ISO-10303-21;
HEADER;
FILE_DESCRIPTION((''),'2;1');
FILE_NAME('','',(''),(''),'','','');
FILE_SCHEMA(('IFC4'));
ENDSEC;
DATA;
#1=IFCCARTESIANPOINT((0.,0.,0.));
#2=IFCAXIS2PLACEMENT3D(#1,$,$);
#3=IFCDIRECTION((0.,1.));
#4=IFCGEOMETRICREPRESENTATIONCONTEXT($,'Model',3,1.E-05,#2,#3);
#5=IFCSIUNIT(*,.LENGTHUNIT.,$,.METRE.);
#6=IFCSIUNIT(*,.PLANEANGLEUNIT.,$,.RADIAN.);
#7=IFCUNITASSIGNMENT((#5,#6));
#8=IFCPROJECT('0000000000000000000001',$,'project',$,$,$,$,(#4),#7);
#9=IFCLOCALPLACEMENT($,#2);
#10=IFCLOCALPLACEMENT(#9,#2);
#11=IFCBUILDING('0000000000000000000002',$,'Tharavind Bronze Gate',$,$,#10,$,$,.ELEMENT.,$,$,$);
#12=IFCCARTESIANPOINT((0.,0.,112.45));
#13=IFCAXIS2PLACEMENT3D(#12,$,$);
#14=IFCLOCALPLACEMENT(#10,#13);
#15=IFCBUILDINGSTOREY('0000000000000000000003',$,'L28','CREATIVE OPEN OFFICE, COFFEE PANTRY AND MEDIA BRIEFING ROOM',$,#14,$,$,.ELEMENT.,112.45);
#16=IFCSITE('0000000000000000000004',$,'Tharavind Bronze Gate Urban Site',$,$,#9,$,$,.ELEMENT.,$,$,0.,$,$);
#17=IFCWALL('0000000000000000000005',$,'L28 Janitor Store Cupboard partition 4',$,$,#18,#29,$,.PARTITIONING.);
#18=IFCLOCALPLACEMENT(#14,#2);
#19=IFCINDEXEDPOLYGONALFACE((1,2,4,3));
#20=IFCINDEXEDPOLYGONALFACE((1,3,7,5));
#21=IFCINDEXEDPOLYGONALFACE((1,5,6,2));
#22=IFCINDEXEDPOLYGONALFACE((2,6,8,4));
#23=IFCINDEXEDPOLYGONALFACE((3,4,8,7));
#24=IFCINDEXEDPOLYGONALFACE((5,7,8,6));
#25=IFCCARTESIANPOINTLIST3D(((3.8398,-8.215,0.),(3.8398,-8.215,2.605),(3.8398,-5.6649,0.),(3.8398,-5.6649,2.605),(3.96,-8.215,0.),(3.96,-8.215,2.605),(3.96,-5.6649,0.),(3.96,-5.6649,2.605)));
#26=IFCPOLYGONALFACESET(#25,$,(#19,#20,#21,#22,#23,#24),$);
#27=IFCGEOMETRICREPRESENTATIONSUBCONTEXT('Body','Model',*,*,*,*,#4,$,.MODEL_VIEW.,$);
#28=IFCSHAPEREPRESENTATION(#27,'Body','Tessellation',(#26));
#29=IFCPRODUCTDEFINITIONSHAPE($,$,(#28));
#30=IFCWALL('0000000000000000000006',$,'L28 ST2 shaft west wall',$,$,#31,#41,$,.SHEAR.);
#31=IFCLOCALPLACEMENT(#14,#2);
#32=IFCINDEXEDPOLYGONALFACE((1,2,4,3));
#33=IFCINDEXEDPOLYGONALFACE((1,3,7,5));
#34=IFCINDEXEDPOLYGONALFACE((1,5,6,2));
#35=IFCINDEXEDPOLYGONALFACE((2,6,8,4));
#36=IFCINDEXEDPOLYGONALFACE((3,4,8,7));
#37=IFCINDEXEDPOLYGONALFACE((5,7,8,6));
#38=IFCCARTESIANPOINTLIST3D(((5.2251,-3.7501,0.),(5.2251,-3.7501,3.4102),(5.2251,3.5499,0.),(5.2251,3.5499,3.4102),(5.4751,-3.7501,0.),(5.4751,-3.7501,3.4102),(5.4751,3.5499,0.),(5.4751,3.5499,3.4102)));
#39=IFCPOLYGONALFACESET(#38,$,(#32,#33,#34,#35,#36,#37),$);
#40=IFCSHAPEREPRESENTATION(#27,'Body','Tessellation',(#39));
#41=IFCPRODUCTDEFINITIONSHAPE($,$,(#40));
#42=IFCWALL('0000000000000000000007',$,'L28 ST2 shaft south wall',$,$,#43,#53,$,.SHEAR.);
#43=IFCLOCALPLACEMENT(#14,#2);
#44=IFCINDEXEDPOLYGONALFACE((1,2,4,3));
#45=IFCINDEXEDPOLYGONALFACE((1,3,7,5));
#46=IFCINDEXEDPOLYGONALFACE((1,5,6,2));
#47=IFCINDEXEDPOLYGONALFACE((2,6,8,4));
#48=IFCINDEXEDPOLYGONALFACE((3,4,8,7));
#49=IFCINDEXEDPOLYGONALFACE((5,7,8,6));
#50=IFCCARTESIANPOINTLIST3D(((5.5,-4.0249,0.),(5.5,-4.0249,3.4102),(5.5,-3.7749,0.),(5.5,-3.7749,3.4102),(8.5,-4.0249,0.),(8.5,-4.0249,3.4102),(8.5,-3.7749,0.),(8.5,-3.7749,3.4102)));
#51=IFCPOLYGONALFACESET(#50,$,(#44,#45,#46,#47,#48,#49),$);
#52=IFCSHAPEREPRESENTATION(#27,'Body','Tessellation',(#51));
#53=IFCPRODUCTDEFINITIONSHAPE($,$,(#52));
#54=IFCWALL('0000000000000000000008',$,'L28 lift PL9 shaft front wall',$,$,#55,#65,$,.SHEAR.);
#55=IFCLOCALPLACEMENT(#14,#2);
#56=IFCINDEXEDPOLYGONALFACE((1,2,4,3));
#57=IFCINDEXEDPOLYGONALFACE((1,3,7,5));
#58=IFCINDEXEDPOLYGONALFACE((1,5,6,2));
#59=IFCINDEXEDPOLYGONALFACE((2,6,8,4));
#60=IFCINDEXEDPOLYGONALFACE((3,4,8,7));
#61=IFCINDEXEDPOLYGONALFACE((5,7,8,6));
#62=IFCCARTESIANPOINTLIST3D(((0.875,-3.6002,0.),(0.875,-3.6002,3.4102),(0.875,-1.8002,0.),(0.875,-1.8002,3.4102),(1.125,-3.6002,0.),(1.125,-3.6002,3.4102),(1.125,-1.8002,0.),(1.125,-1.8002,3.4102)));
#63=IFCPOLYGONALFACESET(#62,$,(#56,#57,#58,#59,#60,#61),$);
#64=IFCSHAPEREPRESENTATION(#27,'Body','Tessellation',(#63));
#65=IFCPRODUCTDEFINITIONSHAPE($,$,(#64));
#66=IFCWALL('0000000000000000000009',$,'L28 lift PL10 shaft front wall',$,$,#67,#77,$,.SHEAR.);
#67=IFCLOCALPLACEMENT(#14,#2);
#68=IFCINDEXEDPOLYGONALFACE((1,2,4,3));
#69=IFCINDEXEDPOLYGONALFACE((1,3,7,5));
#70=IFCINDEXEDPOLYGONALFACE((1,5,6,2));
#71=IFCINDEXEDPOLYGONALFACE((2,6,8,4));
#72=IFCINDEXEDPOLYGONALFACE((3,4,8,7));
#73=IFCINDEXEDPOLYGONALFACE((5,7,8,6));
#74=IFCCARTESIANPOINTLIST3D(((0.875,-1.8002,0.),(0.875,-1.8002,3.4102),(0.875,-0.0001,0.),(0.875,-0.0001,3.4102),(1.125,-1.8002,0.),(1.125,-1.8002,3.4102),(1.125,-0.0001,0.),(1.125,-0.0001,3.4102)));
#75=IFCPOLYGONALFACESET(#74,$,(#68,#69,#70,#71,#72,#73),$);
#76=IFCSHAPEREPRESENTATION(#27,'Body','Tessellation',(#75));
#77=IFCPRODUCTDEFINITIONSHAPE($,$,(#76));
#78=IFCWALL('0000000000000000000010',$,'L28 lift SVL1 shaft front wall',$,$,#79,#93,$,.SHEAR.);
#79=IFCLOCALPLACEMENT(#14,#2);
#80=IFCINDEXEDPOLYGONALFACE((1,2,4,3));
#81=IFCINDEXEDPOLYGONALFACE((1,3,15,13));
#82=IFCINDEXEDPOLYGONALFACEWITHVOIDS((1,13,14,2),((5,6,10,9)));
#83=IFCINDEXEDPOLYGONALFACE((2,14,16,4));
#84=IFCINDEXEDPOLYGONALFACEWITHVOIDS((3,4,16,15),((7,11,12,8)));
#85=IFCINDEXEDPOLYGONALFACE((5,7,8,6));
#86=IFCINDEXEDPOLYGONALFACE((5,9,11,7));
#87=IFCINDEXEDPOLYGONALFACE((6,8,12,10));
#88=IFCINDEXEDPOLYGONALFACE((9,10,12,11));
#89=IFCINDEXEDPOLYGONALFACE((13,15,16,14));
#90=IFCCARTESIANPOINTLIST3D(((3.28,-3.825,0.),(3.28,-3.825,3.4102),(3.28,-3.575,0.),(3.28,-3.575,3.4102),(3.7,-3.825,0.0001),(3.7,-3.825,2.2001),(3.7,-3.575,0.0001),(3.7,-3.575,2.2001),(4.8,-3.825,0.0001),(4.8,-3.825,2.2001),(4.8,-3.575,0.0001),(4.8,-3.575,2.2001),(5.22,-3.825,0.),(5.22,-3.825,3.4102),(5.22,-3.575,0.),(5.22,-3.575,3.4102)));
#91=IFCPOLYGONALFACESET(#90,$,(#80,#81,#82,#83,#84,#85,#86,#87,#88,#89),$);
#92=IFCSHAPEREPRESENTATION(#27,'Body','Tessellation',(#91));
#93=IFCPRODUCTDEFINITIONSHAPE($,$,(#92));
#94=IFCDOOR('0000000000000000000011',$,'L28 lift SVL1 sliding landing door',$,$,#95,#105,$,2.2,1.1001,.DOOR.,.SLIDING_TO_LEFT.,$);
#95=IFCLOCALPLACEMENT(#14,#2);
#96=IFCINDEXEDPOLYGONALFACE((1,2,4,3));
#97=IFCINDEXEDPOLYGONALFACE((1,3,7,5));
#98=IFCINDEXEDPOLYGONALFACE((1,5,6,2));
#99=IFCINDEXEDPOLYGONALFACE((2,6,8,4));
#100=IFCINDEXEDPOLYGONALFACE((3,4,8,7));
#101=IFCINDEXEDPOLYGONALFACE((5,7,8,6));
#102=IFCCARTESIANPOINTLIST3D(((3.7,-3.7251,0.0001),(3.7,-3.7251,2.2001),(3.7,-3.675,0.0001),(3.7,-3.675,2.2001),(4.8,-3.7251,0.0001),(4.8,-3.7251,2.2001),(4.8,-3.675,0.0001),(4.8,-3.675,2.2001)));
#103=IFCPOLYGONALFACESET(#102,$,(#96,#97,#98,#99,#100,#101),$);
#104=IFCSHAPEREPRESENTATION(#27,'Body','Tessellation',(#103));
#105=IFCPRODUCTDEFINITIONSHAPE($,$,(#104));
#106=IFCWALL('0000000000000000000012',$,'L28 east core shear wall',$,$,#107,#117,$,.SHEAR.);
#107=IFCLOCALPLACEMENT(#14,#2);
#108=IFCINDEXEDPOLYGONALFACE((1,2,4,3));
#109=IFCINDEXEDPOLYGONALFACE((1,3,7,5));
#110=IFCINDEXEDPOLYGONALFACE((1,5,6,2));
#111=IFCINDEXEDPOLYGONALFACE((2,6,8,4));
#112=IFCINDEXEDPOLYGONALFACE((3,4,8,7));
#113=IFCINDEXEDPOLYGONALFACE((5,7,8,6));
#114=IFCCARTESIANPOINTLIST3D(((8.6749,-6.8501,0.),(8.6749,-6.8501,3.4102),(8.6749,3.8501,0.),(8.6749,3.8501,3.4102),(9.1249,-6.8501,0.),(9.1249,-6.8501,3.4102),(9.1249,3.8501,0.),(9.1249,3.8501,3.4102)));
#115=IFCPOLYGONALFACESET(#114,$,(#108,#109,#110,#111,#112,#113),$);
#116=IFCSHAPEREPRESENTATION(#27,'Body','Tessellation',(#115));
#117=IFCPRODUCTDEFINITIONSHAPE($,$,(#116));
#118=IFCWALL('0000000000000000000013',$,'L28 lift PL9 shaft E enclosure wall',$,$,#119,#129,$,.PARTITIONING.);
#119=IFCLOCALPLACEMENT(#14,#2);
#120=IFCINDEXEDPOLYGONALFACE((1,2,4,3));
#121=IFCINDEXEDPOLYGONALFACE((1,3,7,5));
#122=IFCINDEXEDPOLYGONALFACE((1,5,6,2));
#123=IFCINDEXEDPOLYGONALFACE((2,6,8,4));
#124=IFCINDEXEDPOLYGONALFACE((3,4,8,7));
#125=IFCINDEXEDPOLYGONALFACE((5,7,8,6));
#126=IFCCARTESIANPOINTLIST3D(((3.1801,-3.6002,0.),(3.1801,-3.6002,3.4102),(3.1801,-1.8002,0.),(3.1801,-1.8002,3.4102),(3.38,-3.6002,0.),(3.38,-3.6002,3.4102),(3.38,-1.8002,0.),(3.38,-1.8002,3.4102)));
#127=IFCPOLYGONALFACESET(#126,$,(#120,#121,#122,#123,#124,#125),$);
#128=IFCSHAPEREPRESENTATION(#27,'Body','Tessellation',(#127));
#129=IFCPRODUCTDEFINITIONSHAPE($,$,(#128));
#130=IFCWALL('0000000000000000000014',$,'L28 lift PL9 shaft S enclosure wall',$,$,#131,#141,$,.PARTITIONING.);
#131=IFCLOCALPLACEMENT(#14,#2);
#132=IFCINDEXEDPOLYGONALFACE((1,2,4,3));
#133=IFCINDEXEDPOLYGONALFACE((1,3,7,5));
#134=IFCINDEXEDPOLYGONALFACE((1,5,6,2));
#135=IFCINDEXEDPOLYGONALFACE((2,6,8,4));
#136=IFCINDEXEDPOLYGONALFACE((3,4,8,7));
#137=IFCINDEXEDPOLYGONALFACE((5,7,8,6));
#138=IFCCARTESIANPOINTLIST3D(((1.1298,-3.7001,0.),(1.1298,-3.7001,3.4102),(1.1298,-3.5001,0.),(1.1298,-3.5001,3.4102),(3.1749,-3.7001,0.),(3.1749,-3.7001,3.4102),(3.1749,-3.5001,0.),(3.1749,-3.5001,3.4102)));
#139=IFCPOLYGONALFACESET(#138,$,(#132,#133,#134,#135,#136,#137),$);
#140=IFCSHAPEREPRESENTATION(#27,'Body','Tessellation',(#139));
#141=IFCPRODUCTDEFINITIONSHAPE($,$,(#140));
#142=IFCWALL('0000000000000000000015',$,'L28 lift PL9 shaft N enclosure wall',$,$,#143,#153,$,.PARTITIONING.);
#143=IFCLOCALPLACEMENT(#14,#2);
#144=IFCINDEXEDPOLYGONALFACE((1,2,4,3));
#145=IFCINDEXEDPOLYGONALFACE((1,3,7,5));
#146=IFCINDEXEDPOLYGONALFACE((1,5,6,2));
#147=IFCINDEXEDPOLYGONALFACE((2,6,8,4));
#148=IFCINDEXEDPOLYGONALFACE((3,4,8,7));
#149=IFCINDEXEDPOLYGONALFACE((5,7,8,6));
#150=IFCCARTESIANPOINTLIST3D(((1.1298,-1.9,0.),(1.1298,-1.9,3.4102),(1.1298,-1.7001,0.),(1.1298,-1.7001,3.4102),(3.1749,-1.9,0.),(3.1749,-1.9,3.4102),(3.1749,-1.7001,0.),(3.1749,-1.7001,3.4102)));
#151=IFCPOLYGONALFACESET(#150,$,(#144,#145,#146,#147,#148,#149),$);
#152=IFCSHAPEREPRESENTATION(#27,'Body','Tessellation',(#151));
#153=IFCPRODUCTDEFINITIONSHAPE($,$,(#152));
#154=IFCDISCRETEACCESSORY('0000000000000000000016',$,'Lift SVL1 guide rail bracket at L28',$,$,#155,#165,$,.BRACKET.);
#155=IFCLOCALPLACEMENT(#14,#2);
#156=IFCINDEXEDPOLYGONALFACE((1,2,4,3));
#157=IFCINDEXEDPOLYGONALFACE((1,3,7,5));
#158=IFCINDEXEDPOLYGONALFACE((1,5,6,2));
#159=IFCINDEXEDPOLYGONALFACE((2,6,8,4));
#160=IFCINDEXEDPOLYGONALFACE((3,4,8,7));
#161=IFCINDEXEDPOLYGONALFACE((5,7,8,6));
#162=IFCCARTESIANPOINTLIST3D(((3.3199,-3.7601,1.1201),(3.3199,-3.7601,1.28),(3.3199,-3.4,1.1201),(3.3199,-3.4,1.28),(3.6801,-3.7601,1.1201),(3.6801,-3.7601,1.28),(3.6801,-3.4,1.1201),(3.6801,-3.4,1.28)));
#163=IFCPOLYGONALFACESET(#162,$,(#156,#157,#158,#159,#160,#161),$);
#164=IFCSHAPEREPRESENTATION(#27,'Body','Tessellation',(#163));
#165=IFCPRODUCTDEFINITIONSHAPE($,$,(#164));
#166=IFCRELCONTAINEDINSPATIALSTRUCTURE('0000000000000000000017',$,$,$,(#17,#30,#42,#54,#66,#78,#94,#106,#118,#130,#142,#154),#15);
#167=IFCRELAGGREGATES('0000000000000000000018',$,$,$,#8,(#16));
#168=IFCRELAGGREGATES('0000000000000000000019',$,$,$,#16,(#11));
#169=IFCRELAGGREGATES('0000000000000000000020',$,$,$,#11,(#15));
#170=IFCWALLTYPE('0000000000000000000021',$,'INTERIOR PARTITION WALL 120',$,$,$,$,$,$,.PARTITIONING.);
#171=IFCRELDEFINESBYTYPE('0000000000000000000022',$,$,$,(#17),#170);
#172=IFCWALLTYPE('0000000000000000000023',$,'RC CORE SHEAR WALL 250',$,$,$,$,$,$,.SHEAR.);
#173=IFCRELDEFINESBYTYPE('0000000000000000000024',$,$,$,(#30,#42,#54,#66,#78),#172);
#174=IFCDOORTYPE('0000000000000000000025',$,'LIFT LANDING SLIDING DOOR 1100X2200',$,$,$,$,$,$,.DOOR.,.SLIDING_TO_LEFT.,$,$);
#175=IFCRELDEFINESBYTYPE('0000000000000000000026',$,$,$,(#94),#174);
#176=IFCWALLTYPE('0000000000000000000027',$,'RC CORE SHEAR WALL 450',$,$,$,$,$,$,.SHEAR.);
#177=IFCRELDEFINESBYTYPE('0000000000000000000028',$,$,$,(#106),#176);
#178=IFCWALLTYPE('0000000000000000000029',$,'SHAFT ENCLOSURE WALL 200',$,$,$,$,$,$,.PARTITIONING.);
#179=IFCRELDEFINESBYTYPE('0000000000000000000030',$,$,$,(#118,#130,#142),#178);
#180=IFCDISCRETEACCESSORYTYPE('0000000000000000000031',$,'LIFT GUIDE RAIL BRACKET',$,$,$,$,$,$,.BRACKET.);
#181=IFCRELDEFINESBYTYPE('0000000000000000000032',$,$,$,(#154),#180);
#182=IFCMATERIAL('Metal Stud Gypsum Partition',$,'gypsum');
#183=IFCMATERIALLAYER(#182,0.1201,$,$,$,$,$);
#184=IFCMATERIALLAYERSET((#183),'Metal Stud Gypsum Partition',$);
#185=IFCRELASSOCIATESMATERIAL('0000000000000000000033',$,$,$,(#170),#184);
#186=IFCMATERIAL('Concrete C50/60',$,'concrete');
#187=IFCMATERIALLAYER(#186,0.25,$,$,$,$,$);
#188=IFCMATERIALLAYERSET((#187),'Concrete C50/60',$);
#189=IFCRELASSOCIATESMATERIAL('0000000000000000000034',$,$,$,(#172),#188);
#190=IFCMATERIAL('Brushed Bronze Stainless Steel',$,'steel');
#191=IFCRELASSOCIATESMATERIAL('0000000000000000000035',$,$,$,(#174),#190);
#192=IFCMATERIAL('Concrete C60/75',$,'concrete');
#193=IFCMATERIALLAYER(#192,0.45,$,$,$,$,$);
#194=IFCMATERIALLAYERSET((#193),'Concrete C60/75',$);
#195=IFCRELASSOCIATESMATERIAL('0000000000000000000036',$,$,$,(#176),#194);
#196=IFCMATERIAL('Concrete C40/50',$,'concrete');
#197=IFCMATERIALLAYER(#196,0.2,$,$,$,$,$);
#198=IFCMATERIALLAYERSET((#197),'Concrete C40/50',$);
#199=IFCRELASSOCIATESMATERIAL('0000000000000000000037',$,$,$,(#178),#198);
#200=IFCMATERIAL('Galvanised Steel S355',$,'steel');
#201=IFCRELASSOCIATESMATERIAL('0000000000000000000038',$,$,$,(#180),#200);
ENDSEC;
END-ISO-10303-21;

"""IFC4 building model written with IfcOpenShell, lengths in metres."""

from ifc_helpers import new_model, si_unit, direction, frame, frame_2d, origin, origin_2d, place, context, subcontext, project, spatial, rectangle, extrude, material, layer, layer_set, type_object, element, fill, save


model = new_model("IFC4")

# Units and contexts
model_context = context("Model", 3, precision=1e-05, world=origin(), true_north=direction((0.0, 1.0)))
body_context = subcontext(model_context, "Body", "Model", "MODEL_VIEW")
ifc_project = project(units=[si_unit("LENGTHUNIT", "METRE"), si_unit("PLANEANGLEUNIT", "RADIAN")], contexts=[model_context])

# Site, building, storey
site_placement = place(None, origin())
site = spatial("IfcSite", under=ifc_project, at=site_placement, Name="Tharavind Bronze Gate Urban Site", CompositionType="ELEMENT", RefElevation=0.0)
building_placement = place(site_placement, origin())
building = spatial("IfcBuilding", under=site, at=building_placement, Name="Tharavind Bronze Gate", CompositionType="ELEMENT")
storey_placement = place(building_placement, frame((0.0, 0.0, 112.45)))
storey = spatial("IfcBuildingStorey", under=building, at=storey_placement, Name="L28", Description="CREATIVE OPEN OFFICE, COFFEE PANTRY AND MEDIA BRIEFING ROOM", CompositionType="ELEMENT", Elevation=112.45)

# Walls
ifc_material_1 = material(Name="Metal Stud Gypsum Partition", Category="gypsum")
ifc_layer_1 = layer(ifc_material_1, 0.1201)
ifc_layer_set_1 = layer_set([ifc_layer_1], Name="Metal Stud Gypsum Partition")
wall_type_1 = type_object("IfcWallType", Name="INTERIOR PARTITION WALL 120", PredefinedType="PARTITIONING", material=ifc_layer_set_1)
wall_1_placement = place(storey_placement, frame((3.8999, -5.665, 0.0), z_axis=(0.0, 0.0, 1.0), x_axis=(0.0, -1.0, 0.0)))
element("IfcWall", 1, at=wall_1_placement, inside=storey, type_object=wall_type_1, Name="L28 Janitor Store Cupboard partition 4", PredefinedType="PARTITIONING", context=body_context, shape_type="SweptSolid", body=[
    extrude(rectangle(XDim=2.55, YDim=0.1201, at=frame_2d((1.2749, 0.0))), origin(), (0.0, 0.0, 1.0), 2.605),
])
ifc_material_2 = material(Name="Concrete C50/60", Category="concrete")
ifc_layer_2 = layer(ifc_material_2, 0.25)
ifc_layer_set_2 = layer_set([ifc_layer_2], Name="Concrete C50/60")
wall_type_2 = type_object("IfcWallType", Name="RC CORE SHEAR WALL 250", PredefinedType="SHEAR", material=ifc_layer_set_2)
wall_2_placement = place(storey_placement, frame((5.3501, -3.75, 0.0), z_axis=(0.0, 0.0, 1.0), x_axis=(0.0, 1.0, 0.0)))
element("IfcWall", 2, at=wall_2_placement, inside=storey, type_object=wall_type_2, Name="L28 ST2 shaft west wall", PredefinedType="SHEAR", context=body_context, shape_type="SweptSolid", body=[
    extrude(rectangle(XDim=7.3, YDim=0.25, at=frame_2d((3.6499, 0.0))), origin(), (0.0, 0.0, 1.0), 3.4102),
])
wall_3_placement = place(storey_placement, frame((5.5, -3.8999, 0.0), z_axis=(0.0, 0.0, 1.0), x_axis=(1.0, 0.0, 0.0)))
element("IfcWall", 3, at=wall_3_placement, inside=storey, type_object=wall_type_2, Name="L28 ST2 shaft south wall", PredefinedType="SHEAR", context=body_context, shape_type="SweptSolid", body=[
    extrude(rectangle(XDim=3.0, YDim=0.25, at=frame_2d((1.5, 0.0))), origin(), (0.0, 0.0, 1.0), 3.4102),
])
for number, where, z_axis, x_axis, name in (
    (4, (1.0, -3.6001, 0.0), (0.0, 0.0, 1.0), (0.0, 1.0, 0.0), "L28 lift PL9 shaft front wall"),
    (5, (1.0, -1.8, 0.0), (0.0, 0.0, 1.0), (0.0, 1.0, 0.0), "L28 lift PL10 shaft front wall"),
):
    element("IfcWall", number, at=place(storey_placement, frame(where, z_axis=z_axis, x_axis=x_axis)), inside=storey, type_object=wall_type_2, Name=name, PredefinedType="SHEAR", context=body_context, shape_type="SweptSolid", body=[
        extrude(rectangle(XDim=1.8, YDim=0.25, at=frame_2d((0.8999, 0.0))), origin(), (0.0, 0.0, 1.0), 3.4102),
    ])

# Wall, opening, door
wall_4_placement = place(storey_placement, frame((3.28, -3.7, 0.0), z_axis=(0.0, 0.0, 1.0), x_axis=(1.0, 0.0, 0.0)))
wall_4 = element("IfcWall", 6, at=wall_4_placement, inside=storey, type_object=wall_type_2, Name="L28 lift SVL1 shaft front wall", PredefinedType="SHEAR", context=body_context, shape_type="SweptSolid", body=[
    extrude(rectangle(XDim=1.9399, YDim=0.25, at=frame_2d((0.97, 0.0))), origin(), (0.0, 0.0, 1.0), 3.4102),
])
opening_placement = place(wall_4_placement, frame((0.4199, 0.0, 0.0)))
opening = element("IfcOpeningElement", 7, at=opening_placement, cuts=wall_4, PredefinedType="OPENING", context=body_context, shape_type="SweptSolid", body=[
    extrude(rectangle(XDim=1.1001, YDim=2.2, at=frame_2d((0.55, 1.1001))), frame((0.0, 0.135, 0.0), z_axis=(0.0, -1.0, 0.0), x_axis=(1.0, 0.0, 0.0)), (0.0, 0.0, 1.0), 0.27),
])
ifc_material_3 = material(Name="Brushed Bronze Stainless Steel", Category="steel")
door_type = type_object("IfcDoorType", Name="LIFT LANDING SLIDING DOOR 1100X2200", OperationType="SLIDING_TO_LEFT", PredefinedType="DOOR", material=ifc_material_3)
door_placement = place(opening_placement, origin())
door = element("IfcDoor", 8, at=door_placement, inside=storey, type_object=door_type, Name="L28 lift SVL1 sliding landing door", OperationType="SLIDING_TO_LEFT", OverallHeight=2.2, OverallWidth=1.1001, PredefinedType="DOOR", context=body_context, shape_type="SweptSolid", body=[
    extrude(rectangle(XDim=1.1001, YDim=2.2, at=frame_2d((0.55, 1.1001))), frame((0.0, 0.0249, 0.0), z_axis=(0.0, -1.0, 0.0), x_axis=(1.0, 0.0, 0.0)), (0.0, 0.0, 1.0), 0.05),
])
fill(opening, door)

# Walls
ifc_material_4 = material(Name="Concrete C60/75", Category="concrete")
ifc_layer_3 = layer(ifc_material_4, 0.45)
ifc_layer_set_3 = layer_set([ifc_layer_3], Name="Concrete C60/75")
wall_type_3 = type_object("IfcWallType", Name="RC CORE SHEAR WALL 450", PredefinedType="SHEAR", material=ifc_layer_set_3)
wall_5_placement = place(storey_placement, frame((8.8999, -6.8501, 0.0), z_axis=(0.0, 0.0, 1.0), x_axis=(0.0, 1.0, 0.0)))
element("IfcWall", 9, at=wall_5_placement, inside=storey, type_object=wall_type_3, Name="L28 east core shear wall", PredefinedType="SHEAR", context=body_context, shape_type="SweptSolid", body=[
    extrude(rectangle(XDim=10.7002, YDim=0.45, at=frame_2d((5.3501, 0.0))), origin(), (0.0, 0.0, 1.0), 3.4102),
])
ifc_material_5 = material(Name="Concrete C40/50", Category="concrete")
ifc_layer_4 = layer(ifc_material_5, 0.2)
ifc_layer_set_4 = layer_set([ifc_layer_4], Name="Concrete C40/50")
wall_type_4 = type_object("IfcWallType", Name="SHAFT ENCLOSURE WALL 200", PredefinedType="PARTITIONING", material=ifc_layer_set_4)
wall_6_placement = place(storey_placement, frame((3.28, -3.6001, 0.0), z_axis=(0.0, 0.0, 1.0), x_axis=(0.0, 1.0, 0.0)))
element("IfcWall", 10, at=wall_6_placement, inside=storey, type_object=wall_type_4, Name="L28 lift PL9 shaft E enclosure wall", PredefinedType="PARTITIONING", context=body_context, shape_type="SweptSolid", body=[
    extrude(rectangle(XDim=1.8, YDim=0.2, at=frame_2d((0.8999, 0.0))), origin(), (0.0, 0.0, 1.0), 3.4102),
])
for number, where, z_axis, x_axis, name in (
    (11, (1.1299, -3.6001, 0.0), (0.0, 0.0, 1.0), (1.0, 0.0, 0.0), "L28 lift PL9 shaft S enclosure wall"),
    (12, (1.1299, -1.8, 0.0), (0.0, 0.0, 1.0), (1.0, 0.0, 0.0), "L28 lift PL9 shaft N enclosure wall"),
):
    element("IfcWall", number, at=place(storey_placement, frame(where, z_axis=z_axis, x_axis=x_axis)), inside=storey, type_object=wall_type_4, Name=name, PredefinedType="PARTITIONING", context=body_context, shape_type="SweptSolid", body=[
        extrude(rectangle(XDim=2.0452, YDim=0.2, at=frame_2d((1.0225, 0.0))), origin(), (0.0, 0.0, 1.0), 3.4102),
    ])

# Discrete accessory
ifc_material_6 = material(Name="Galvanised Steel S355", Category="steel")
discrete_accessory_type = type_object("IfcDiscreteAccessoryType", Name="LIFT GUIDE RAIL BRACKET", PredefinedType="BRACKET", material=ifc_material_6)
discrete_accessory_placement = place(storey_placement, frame((3.5, -3.5801, 1.1201), z_axis=(0.0, 0.0, 1.0), x_axis=(1.0, 0.0, 0.0)))
element("IfcDiscreteAccessory", 13, at=discrete_accessory_placement, inside=storey, type_object=discrete_accessory_type, Name="Lift SVL1 guide rail bracket at L28", PredefinedType="BRACKET", context=body_context, shape_type="SweptSolid", body=[
    extrude(rectangle(XDim=0.3601, YDim=0.3601, at=origin_2d()), origin(), (0.0, 0.0, 1.0), 0.1599),
])

save(model, "model.ifc")
